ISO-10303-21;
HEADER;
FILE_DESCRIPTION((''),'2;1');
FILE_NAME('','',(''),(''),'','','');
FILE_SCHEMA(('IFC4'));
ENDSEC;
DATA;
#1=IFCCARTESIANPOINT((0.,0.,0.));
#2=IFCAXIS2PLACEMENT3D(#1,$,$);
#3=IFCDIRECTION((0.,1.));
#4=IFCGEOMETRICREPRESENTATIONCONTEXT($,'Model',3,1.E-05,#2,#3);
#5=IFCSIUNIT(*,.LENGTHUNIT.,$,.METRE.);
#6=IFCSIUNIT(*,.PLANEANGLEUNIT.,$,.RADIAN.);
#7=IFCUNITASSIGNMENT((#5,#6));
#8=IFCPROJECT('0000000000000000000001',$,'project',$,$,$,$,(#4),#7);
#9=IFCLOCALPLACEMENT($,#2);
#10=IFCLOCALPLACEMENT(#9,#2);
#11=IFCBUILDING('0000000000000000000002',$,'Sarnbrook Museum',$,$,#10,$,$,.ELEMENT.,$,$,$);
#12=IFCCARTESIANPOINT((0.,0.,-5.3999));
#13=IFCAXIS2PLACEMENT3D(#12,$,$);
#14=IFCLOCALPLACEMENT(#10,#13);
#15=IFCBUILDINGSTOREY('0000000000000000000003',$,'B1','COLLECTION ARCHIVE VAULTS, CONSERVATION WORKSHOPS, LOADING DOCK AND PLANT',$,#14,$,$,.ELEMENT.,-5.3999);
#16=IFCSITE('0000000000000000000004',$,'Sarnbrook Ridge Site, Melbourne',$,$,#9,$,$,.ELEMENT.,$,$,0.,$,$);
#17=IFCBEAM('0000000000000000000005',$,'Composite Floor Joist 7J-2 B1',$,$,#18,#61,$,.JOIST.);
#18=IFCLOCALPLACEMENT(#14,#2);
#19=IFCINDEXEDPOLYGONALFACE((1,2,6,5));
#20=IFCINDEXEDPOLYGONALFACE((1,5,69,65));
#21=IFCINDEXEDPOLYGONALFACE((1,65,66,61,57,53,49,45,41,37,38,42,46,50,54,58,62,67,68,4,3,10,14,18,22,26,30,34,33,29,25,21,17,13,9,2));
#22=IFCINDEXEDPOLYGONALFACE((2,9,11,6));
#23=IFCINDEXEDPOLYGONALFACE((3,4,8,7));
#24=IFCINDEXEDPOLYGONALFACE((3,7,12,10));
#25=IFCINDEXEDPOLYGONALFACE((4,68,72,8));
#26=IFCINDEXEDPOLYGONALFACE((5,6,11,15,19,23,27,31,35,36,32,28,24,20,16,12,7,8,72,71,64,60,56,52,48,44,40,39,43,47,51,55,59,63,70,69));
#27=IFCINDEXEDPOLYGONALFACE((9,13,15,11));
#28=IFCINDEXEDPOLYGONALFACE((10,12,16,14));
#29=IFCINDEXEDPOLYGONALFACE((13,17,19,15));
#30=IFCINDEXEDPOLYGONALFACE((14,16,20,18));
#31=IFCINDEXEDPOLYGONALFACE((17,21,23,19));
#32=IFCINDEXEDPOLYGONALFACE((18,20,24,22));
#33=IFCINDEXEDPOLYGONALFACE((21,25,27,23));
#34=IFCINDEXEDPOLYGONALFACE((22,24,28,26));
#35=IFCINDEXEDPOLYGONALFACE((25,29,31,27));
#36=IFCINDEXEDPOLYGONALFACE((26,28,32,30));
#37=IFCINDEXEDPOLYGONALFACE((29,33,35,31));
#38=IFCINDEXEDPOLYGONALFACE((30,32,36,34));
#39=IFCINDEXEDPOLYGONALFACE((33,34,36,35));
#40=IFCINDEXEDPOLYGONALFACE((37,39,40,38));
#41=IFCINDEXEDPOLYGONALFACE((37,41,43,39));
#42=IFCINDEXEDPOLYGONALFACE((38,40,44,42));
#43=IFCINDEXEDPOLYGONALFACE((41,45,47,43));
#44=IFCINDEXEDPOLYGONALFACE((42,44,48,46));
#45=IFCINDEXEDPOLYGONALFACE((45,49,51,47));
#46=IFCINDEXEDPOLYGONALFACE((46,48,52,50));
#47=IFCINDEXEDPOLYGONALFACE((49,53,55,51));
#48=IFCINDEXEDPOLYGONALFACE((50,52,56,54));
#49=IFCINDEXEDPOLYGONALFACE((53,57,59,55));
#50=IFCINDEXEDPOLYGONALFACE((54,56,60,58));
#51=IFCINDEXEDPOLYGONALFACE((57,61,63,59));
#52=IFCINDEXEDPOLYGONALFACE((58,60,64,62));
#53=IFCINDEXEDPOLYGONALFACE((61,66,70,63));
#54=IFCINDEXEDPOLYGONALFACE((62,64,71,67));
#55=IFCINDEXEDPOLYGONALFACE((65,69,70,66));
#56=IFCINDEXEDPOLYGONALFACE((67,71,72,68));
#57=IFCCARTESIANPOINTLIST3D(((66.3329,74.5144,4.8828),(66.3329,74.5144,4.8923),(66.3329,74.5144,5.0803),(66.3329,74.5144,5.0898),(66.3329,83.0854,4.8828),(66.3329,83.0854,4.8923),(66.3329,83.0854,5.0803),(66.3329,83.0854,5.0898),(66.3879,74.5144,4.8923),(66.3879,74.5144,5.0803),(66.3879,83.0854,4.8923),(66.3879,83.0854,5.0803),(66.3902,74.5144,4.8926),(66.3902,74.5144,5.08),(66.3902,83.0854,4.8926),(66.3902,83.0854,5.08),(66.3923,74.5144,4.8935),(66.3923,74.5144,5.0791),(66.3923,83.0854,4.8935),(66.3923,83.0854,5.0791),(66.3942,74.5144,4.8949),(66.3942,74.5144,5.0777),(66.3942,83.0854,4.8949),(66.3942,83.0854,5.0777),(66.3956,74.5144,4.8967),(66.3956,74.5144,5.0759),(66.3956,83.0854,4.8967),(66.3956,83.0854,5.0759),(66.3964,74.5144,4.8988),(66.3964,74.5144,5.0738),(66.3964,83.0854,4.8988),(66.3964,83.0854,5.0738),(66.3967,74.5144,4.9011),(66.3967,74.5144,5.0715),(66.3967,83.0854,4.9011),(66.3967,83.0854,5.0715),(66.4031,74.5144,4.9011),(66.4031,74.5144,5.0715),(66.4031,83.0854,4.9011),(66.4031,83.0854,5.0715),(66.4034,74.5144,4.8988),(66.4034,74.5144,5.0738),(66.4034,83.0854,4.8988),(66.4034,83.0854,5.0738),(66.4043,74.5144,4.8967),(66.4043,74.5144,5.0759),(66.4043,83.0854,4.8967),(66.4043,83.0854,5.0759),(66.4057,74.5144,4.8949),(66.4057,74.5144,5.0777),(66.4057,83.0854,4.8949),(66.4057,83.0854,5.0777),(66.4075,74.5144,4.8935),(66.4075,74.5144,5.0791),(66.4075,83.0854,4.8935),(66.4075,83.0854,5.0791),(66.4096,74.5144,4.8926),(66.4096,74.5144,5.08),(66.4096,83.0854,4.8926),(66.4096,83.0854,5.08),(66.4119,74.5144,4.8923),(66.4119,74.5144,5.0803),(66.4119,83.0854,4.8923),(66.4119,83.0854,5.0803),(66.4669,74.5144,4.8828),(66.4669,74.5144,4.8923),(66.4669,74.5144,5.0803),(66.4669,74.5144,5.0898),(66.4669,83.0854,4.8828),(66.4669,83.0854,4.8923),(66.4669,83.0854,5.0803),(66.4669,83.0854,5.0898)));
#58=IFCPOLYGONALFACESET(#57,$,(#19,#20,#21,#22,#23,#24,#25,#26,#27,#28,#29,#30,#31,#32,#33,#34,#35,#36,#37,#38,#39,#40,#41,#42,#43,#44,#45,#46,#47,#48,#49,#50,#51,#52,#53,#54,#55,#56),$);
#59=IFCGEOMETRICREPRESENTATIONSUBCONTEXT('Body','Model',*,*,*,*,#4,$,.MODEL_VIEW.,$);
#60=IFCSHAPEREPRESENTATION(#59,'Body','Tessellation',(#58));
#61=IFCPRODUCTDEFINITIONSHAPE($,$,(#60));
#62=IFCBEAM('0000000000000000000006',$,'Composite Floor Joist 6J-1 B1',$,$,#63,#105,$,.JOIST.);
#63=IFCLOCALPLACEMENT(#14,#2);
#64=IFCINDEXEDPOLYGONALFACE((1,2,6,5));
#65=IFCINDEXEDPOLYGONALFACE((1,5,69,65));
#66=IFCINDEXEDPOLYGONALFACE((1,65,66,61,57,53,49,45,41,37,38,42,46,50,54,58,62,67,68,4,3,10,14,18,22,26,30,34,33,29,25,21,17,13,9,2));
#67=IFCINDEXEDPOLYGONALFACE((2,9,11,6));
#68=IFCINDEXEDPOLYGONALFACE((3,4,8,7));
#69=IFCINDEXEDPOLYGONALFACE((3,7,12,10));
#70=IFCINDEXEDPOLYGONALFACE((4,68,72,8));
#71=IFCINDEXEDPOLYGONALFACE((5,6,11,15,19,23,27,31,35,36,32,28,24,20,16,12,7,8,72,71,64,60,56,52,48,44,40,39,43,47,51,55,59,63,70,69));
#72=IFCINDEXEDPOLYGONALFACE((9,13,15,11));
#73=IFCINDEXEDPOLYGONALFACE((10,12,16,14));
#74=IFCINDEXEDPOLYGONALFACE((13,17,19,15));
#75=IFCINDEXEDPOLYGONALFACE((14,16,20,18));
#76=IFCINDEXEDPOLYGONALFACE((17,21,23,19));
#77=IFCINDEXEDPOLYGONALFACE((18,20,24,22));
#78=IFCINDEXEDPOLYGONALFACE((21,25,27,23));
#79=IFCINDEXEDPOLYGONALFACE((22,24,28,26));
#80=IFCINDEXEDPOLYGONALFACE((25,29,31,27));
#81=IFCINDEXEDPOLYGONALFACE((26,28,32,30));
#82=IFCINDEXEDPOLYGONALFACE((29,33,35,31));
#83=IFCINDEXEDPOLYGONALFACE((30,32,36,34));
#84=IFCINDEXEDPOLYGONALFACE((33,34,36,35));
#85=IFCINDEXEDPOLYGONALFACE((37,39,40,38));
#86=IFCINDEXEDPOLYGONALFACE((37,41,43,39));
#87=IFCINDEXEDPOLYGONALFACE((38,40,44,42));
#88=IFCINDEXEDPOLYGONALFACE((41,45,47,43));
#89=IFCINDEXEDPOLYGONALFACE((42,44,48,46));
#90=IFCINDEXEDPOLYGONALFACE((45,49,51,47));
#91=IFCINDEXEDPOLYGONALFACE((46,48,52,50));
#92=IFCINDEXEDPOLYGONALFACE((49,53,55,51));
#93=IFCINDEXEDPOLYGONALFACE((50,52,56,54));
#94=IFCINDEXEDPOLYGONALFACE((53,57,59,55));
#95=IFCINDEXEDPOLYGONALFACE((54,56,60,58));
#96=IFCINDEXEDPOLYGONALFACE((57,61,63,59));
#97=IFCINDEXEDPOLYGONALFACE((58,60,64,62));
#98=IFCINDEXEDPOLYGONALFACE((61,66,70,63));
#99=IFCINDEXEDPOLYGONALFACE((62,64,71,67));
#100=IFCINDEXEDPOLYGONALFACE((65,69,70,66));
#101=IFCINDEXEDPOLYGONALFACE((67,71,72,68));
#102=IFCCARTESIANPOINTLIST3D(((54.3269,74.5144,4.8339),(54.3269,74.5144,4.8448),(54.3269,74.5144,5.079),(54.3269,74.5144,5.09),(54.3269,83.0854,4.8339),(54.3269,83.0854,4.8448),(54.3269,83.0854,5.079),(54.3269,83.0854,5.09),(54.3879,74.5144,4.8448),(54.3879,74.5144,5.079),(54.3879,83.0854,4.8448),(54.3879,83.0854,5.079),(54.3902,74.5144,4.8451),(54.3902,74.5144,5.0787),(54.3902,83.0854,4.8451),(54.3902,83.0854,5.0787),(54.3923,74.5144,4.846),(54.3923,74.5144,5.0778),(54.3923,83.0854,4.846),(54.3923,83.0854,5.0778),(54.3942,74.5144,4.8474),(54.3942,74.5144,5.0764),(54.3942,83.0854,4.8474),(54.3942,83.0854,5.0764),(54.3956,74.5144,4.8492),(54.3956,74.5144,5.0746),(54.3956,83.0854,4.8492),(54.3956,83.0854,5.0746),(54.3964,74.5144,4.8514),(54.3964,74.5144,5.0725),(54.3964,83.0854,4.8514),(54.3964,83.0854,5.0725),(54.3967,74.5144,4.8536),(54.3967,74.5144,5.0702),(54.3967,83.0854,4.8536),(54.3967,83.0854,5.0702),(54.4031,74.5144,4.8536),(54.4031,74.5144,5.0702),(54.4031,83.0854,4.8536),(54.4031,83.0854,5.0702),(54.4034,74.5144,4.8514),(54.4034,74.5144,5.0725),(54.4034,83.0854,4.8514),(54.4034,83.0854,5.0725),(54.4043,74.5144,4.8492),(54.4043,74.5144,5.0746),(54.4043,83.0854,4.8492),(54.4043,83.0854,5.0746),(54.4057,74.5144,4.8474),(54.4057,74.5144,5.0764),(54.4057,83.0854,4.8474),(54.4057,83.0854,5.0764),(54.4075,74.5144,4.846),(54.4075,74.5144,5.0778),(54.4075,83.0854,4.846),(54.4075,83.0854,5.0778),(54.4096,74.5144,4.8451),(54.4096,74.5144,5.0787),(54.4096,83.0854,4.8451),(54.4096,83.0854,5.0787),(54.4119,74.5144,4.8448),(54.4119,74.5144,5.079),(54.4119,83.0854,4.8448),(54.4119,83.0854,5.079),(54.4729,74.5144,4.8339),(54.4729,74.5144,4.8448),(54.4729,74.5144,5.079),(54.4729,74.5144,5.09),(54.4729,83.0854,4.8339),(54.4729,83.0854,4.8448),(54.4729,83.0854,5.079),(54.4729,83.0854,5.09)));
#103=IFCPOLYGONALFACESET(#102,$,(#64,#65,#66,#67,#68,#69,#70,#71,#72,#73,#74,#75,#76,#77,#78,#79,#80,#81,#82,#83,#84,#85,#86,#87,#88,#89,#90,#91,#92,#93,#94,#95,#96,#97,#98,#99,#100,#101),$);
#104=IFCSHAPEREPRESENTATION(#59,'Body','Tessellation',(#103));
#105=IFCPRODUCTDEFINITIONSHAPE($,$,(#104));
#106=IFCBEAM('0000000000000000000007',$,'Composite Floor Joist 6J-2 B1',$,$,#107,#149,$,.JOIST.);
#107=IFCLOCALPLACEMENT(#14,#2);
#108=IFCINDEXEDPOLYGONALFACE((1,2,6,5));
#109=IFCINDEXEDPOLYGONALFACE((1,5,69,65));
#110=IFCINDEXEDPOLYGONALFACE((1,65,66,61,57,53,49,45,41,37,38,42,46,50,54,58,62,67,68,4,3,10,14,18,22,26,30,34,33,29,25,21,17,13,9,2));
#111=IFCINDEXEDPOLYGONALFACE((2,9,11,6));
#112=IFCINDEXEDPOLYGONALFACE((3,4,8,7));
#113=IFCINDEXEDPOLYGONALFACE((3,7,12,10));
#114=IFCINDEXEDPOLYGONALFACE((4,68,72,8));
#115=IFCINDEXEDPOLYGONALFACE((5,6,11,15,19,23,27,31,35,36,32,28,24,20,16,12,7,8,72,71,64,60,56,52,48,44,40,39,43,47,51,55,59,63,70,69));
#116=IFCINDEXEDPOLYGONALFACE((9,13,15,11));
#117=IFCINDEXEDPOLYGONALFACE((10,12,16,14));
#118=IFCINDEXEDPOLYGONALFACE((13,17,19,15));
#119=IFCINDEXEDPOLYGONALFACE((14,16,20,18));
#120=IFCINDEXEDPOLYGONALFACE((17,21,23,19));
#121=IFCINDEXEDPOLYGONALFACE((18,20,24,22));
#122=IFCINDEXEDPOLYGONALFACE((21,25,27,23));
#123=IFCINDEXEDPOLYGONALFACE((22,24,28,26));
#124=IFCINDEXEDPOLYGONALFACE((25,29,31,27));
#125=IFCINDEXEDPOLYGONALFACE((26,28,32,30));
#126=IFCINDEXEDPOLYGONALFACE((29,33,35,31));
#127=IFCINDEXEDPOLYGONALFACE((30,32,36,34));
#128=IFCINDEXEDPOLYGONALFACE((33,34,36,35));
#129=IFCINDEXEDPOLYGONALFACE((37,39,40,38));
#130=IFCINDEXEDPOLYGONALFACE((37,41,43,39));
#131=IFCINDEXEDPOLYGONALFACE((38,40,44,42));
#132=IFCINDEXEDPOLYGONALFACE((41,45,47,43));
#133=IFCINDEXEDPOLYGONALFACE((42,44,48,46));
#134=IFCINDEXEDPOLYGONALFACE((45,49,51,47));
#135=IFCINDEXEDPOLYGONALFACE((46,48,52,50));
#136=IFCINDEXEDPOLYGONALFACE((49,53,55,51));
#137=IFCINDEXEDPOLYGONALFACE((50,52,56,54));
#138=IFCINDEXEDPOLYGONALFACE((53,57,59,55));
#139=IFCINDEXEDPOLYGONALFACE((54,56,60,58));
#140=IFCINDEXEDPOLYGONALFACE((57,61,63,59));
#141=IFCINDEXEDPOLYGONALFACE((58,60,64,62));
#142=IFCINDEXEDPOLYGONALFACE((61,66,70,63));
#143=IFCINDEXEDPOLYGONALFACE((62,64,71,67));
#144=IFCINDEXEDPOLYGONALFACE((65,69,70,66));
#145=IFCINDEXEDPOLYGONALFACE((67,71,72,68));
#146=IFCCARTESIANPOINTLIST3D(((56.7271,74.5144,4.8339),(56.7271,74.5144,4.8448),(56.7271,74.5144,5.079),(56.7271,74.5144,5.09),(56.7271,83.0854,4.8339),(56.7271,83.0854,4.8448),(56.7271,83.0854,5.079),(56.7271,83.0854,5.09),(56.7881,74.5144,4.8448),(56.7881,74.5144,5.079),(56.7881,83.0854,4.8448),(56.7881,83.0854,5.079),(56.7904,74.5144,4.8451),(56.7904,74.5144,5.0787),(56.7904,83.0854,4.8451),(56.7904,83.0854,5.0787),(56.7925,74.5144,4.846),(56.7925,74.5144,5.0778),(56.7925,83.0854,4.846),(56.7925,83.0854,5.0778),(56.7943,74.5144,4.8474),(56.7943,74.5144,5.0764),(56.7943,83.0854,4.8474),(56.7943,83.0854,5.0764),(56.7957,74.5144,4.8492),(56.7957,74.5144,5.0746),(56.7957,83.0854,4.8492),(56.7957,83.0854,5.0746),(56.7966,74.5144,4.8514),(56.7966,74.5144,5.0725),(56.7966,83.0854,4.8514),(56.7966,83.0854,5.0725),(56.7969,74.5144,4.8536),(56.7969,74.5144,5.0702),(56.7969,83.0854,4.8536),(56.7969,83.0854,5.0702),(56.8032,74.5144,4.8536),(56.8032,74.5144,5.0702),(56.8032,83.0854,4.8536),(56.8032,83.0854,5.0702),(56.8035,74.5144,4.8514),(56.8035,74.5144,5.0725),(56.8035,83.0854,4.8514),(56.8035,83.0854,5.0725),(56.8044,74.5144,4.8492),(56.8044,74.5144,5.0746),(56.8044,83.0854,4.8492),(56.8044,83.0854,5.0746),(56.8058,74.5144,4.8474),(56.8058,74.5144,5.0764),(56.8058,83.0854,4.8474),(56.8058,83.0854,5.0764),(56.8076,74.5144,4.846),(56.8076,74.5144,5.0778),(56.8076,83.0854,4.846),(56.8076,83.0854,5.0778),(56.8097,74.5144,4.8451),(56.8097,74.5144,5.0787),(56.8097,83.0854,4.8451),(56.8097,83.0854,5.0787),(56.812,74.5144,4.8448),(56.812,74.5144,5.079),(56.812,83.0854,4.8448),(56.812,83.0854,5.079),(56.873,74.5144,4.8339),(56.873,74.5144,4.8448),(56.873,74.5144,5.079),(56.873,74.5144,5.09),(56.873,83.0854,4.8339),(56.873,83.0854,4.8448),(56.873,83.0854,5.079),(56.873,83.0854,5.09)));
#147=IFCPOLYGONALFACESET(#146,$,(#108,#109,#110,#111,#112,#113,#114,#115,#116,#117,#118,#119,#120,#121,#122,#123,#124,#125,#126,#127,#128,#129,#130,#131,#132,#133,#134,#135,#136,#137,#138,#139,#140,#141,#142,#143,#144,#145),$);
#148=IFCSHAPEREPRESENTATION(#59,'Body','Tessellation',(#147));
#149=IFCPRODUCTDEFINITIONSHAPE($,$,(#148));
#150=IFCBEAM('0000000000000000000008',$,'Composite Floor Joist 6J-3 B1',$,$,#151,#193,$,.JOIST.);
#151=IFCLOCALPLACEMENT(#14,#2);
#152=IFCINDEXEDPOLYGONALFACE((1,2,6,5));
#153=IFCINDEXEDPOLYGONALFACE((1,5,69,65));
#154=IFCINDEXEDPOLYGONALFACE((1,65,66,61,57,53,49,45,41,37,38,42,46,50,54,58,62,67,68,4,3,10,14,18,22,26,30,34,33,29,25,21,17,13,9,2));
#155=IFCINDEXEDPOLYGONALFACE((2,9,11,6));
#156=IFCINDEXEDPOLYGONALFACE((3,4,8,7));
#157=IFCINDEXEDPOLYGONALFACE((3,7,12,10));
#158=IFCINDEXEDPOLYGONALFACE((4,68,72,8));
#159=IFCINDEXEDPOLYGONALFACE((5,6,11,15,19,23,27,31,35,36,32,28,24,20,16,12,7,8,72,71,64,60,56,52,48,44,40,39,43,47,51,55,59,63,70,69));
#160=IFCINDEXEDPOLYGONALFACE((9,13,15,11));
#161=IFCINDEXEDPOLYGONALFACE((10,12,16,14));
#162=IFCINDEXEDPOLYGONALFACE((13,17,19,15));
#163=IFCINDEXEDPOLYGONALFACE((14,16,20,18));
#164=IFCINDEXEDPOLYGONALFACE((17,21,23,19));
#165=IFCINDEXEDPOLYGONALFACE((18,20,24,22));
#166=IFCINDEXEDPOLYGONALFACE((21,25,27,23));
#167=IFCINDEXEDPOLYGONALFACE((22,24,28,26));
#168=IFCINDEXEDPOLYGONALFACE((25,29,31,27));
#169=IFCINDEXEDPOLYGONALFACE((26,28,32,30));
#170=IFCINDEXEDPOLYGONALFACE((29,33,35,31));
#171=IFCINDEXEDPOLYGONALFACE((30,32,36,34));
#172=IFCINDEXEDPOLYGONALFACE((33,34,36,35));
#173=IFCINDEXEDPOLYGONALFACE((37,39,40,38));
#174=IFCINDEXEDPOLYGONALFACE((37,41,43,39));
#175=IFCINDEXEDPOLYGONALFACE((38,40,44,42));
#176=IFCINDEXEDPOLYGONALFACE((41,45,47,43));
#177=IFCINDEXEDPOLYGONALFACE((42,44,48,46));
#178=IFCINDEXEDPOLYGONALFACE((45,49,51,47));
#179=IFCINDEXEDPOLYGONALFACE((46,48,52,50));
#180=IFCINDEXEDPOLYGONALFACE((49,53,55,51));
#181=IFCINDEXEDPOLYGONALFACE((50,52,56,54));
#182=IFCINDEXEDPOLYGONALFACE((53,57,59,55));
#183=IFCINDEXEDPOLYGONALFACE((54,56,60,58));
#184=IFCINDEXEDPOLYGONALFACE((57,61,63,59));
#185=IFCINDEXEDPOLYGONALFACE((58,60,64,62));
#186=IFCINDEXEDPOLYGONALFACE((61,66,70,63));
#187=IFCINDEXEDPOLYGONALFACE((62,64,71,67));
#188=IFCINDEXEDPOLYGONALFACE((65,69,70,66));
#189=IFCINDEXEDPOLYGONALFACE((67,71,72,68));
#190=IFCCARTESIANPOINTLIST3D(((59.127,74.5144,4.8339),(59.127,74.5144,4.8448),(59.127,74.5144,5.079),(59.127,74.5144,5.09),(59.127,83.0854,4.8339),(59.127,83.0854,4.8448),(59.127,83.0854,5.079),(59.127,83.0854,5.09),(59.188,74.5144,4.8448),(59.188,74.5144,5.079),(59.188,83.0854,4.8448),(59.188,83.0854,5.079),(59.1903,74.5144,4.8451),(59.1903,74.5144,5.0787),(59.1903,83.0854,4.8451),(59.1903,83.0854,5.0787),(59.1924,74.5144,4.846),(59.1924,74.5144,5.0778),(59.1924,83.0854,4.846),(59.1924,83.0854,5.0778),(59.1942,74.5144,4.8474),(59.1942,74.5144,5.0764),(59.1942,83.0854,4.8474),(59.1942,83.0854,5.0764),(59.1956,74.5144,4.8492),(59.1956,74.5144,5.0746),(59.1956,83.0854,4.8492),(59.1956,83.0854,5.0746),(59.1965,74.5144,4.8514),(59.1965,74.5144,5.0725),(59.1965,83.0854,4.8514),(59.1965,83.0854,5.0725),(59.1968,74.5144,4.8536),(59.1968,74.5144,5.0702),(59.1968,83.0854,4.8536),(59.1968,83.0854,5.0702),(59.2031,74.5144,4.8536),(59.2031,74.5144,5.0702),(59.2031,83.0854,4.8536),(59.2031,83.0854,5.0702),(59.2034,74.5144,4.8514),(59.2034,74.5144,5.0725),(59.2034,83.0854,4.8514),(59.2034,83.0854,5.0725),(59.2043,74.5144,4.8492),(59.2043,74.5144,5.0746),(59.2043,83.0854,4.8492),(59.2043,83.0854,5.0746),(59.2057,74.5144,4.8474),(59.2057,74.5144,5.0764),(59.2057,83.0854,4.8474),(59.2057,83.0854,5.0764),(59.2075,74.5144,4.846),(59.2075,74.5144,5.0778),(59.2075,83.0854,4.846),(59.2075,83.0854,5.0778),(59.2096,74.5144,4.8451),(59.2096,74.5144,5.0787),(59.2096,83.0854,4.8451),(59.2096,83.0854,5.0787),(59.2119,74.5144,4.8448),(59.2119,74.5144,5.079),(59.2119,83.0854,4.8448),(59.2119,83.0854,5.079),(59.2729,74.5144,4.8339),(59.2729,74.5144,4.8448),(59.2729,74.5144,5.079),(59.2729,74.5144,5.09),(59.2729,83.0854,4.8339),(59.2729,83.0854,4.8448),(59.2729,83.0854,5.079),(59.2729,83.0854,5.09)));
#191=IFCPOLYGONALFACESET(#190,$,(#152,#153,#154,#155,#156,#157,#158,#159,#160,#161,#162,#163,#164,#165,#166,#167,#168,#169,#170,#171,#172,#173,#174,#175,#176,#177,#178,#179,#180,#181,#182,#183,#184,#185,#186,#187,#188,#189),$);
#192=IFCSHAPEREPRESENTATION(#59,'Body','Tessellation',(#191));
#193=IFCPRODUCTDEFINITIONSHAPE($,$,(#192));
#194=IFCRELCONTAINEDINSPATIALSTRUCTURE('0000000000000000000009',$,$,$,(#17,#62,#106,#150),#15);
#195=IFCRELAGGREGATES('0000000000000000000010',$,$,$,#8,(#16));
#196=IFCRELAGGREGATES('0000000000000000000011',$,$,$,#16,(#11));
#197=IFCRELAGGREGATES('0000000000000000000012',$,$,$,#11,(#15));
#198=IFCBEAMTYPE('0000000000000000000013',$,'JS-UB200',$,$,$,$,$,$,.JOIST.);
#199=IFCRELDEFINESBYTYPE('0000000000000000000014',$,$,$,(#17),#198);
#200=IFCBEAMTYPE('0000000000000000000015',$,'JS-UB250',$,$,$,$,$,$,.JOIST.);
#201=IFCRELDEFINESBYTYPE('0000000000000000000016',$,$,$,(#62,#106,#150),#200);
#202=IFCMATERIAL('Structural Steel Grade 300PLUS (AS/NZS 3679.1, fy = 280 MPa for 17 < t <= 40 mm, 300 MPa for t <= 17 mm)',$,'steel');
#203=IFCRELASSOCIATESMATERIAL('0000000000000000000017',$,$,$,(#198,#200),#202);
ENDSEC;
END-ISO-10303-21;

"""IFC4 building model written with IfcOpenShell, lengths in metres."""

from ifc_helpers import new_model, si_unit, direction, frame, origin, origin_2d, place, context, subcontext, project, spatial, i_section, extrude, material, material_profile, profile_set, type_object, element, save


model = new_model("IFC4")

# Units and contexts
model_context = context("Model", 3, precision=1e-05, world=origin(), true_north=direction((0.0, 1.0)))
body_context = subcontext(model_context, "Body", "Model", "MODEL_VIEW")
ifc_project = project(units=[si_unit("LENGTHUNIT", "METRE"), si_unit("PLANEANGLEUNIT", "RADIAN")], contexts=[model_context])

# Site, building, storey
site_placement = place(None, origin())
site = spatial("IfcSite", under=ifc_project, at=site_placement, Name="Sarnbrook Ridge Site, Melbourne", CompositionType="ELEMENT", RefElevation=0.0)
building_placement = place(site_placement, origin())
building = spatial("IfcBuilding", under=site, at=building_placement, Name="Sarnbrook Museum", CompositionType="ELEMENT")
storey_placement = place(building_placement, frame((0.0, 0.0, -5.3999)))
storey = spatial("IfcBuildingStorey", under=building, at=storey_placement, Name="B1", Description="COLLECTION ARCHIVE VAULTS, CONSERVATION WORKSHOPS, LOADING DOCK AND PLANT", CompositionType="ELEMENT", Elevation=-5.3999)

# Beams
ifc_material_1 = material(Name="Structural Steel Grade 300PLUS (AS/NZS 3679.1, fy = 280 MPa for 17 < t <= 40 mm, 300 MPa for t <= 17 mm)", Category="steel")
ifc_material_profile_1 = material_profile(ifc_material_1, i_section(OverallWidth=0.134, OverallDepth=0.207, WebThickness=0.0063, FlangeThickness=0.0095, FilletRadius=0.0088, at=origin_2d()), Name="200UB29.8")
ifc_profile_set_1 = profile_set([ifc_material_profile_1], Name="Structural Steel Grade 300PLUS (AS/NZS 3679.1, fy = 280 MPa for 17 < t <= 40 mm, 300 MPa for t <= 17 mm)")
beam_type_1 = type_object("IfcBeamType", Name="JS-UB200", PredefinedType="JOIST", material=ifc_profile_set_1)
for number, where, z_axis, x_axis, name in (
    (1, (66.3999, 74.5144, 4.9863), (0.0, 1.0, 0.0), (-1.0, 0.0, 0.0), "Composite Floor Joist 7J-2 B1"),
):
    element("IfcBeam", number, at=place(storey_placement, frame(where, z_axis=z_axis, x_axis=x_axis)), inside=storey, type_object=beam_type_1, Name=name, PredefinedType="JOIST", context=body_context, shape_type="SweptSolid", body=[
        extrude(i_section(OverallWidth=0.134, OverallDepth=0.207, WebThickness=0.0063, FlangeThickness=0.0095, FilletRadius=0.0088, at=origin_2d()), origin(), (0.0, 0.0, 1.0), 8.571),
    ])
ifc_material_profile_2 = material_profile(ifc_material_1, i_section(OverallWidth=0.146, OverallDepth=0.2561, WebThickness=0.0063, FlangeThickness=0.011, FilletRadius=0.0088, at=origin_2d()), Name="250UB37.3")
ifc_profile_set_2 = profile_set([ifc_material_profile_2], Name="Structural Steel Grade 300PLUS (AS/NZS 3679.1, fy = 280 MPa for 17 < t <= 40 mm, 300 MPa for t <= 17 mm)")
beam_type_2 = type_object("IfcBeamType", Name="JS-UB250", PredefinedType="JOIST", material=ifc_profile_set_2)
for number, where, z_axis, x_axis, name in (
    (2, (54.3999, 74.5144, 4.9619), (0.0, 1.0, 0.0), (-1.0, 0.0, 0.0), "Composite Floor Joist 6J-1 B1"),
    (3, (56.8, 74.5144, 4.9619), (0.0, 1.0, 0.0), (-1.0, 0.0, 0.0), "Composite Floor Joist 6J-2 B1"),
    (4, (59.2, 74.5144, 4.9619), (0.0, 1.0, 0.0), (-1.0, 0.0, 0.0), "Composite Floor Joist 6J-3 B1"),
):
    element("IfcBeam", number, at=place(storey_placement, frame(where, z_axis=z_axis, x_axis=x_axis)), inside=storey, type_object=beam_type_2, Name=name, PredefinedType="JOIST", context=body_context, shape_type="SweptSolid", body=[
        extrude(i_section(OverallWidth=0.146, OverallDepth=0.2561, WebThickness=0.0063, FlangeThickness=0.011, FilletRadius=0.0088, at=origin_2d()), origin(), (0.0, 0.0, 1.0), 8.571),
    ])

save(model, "model.ifc")
